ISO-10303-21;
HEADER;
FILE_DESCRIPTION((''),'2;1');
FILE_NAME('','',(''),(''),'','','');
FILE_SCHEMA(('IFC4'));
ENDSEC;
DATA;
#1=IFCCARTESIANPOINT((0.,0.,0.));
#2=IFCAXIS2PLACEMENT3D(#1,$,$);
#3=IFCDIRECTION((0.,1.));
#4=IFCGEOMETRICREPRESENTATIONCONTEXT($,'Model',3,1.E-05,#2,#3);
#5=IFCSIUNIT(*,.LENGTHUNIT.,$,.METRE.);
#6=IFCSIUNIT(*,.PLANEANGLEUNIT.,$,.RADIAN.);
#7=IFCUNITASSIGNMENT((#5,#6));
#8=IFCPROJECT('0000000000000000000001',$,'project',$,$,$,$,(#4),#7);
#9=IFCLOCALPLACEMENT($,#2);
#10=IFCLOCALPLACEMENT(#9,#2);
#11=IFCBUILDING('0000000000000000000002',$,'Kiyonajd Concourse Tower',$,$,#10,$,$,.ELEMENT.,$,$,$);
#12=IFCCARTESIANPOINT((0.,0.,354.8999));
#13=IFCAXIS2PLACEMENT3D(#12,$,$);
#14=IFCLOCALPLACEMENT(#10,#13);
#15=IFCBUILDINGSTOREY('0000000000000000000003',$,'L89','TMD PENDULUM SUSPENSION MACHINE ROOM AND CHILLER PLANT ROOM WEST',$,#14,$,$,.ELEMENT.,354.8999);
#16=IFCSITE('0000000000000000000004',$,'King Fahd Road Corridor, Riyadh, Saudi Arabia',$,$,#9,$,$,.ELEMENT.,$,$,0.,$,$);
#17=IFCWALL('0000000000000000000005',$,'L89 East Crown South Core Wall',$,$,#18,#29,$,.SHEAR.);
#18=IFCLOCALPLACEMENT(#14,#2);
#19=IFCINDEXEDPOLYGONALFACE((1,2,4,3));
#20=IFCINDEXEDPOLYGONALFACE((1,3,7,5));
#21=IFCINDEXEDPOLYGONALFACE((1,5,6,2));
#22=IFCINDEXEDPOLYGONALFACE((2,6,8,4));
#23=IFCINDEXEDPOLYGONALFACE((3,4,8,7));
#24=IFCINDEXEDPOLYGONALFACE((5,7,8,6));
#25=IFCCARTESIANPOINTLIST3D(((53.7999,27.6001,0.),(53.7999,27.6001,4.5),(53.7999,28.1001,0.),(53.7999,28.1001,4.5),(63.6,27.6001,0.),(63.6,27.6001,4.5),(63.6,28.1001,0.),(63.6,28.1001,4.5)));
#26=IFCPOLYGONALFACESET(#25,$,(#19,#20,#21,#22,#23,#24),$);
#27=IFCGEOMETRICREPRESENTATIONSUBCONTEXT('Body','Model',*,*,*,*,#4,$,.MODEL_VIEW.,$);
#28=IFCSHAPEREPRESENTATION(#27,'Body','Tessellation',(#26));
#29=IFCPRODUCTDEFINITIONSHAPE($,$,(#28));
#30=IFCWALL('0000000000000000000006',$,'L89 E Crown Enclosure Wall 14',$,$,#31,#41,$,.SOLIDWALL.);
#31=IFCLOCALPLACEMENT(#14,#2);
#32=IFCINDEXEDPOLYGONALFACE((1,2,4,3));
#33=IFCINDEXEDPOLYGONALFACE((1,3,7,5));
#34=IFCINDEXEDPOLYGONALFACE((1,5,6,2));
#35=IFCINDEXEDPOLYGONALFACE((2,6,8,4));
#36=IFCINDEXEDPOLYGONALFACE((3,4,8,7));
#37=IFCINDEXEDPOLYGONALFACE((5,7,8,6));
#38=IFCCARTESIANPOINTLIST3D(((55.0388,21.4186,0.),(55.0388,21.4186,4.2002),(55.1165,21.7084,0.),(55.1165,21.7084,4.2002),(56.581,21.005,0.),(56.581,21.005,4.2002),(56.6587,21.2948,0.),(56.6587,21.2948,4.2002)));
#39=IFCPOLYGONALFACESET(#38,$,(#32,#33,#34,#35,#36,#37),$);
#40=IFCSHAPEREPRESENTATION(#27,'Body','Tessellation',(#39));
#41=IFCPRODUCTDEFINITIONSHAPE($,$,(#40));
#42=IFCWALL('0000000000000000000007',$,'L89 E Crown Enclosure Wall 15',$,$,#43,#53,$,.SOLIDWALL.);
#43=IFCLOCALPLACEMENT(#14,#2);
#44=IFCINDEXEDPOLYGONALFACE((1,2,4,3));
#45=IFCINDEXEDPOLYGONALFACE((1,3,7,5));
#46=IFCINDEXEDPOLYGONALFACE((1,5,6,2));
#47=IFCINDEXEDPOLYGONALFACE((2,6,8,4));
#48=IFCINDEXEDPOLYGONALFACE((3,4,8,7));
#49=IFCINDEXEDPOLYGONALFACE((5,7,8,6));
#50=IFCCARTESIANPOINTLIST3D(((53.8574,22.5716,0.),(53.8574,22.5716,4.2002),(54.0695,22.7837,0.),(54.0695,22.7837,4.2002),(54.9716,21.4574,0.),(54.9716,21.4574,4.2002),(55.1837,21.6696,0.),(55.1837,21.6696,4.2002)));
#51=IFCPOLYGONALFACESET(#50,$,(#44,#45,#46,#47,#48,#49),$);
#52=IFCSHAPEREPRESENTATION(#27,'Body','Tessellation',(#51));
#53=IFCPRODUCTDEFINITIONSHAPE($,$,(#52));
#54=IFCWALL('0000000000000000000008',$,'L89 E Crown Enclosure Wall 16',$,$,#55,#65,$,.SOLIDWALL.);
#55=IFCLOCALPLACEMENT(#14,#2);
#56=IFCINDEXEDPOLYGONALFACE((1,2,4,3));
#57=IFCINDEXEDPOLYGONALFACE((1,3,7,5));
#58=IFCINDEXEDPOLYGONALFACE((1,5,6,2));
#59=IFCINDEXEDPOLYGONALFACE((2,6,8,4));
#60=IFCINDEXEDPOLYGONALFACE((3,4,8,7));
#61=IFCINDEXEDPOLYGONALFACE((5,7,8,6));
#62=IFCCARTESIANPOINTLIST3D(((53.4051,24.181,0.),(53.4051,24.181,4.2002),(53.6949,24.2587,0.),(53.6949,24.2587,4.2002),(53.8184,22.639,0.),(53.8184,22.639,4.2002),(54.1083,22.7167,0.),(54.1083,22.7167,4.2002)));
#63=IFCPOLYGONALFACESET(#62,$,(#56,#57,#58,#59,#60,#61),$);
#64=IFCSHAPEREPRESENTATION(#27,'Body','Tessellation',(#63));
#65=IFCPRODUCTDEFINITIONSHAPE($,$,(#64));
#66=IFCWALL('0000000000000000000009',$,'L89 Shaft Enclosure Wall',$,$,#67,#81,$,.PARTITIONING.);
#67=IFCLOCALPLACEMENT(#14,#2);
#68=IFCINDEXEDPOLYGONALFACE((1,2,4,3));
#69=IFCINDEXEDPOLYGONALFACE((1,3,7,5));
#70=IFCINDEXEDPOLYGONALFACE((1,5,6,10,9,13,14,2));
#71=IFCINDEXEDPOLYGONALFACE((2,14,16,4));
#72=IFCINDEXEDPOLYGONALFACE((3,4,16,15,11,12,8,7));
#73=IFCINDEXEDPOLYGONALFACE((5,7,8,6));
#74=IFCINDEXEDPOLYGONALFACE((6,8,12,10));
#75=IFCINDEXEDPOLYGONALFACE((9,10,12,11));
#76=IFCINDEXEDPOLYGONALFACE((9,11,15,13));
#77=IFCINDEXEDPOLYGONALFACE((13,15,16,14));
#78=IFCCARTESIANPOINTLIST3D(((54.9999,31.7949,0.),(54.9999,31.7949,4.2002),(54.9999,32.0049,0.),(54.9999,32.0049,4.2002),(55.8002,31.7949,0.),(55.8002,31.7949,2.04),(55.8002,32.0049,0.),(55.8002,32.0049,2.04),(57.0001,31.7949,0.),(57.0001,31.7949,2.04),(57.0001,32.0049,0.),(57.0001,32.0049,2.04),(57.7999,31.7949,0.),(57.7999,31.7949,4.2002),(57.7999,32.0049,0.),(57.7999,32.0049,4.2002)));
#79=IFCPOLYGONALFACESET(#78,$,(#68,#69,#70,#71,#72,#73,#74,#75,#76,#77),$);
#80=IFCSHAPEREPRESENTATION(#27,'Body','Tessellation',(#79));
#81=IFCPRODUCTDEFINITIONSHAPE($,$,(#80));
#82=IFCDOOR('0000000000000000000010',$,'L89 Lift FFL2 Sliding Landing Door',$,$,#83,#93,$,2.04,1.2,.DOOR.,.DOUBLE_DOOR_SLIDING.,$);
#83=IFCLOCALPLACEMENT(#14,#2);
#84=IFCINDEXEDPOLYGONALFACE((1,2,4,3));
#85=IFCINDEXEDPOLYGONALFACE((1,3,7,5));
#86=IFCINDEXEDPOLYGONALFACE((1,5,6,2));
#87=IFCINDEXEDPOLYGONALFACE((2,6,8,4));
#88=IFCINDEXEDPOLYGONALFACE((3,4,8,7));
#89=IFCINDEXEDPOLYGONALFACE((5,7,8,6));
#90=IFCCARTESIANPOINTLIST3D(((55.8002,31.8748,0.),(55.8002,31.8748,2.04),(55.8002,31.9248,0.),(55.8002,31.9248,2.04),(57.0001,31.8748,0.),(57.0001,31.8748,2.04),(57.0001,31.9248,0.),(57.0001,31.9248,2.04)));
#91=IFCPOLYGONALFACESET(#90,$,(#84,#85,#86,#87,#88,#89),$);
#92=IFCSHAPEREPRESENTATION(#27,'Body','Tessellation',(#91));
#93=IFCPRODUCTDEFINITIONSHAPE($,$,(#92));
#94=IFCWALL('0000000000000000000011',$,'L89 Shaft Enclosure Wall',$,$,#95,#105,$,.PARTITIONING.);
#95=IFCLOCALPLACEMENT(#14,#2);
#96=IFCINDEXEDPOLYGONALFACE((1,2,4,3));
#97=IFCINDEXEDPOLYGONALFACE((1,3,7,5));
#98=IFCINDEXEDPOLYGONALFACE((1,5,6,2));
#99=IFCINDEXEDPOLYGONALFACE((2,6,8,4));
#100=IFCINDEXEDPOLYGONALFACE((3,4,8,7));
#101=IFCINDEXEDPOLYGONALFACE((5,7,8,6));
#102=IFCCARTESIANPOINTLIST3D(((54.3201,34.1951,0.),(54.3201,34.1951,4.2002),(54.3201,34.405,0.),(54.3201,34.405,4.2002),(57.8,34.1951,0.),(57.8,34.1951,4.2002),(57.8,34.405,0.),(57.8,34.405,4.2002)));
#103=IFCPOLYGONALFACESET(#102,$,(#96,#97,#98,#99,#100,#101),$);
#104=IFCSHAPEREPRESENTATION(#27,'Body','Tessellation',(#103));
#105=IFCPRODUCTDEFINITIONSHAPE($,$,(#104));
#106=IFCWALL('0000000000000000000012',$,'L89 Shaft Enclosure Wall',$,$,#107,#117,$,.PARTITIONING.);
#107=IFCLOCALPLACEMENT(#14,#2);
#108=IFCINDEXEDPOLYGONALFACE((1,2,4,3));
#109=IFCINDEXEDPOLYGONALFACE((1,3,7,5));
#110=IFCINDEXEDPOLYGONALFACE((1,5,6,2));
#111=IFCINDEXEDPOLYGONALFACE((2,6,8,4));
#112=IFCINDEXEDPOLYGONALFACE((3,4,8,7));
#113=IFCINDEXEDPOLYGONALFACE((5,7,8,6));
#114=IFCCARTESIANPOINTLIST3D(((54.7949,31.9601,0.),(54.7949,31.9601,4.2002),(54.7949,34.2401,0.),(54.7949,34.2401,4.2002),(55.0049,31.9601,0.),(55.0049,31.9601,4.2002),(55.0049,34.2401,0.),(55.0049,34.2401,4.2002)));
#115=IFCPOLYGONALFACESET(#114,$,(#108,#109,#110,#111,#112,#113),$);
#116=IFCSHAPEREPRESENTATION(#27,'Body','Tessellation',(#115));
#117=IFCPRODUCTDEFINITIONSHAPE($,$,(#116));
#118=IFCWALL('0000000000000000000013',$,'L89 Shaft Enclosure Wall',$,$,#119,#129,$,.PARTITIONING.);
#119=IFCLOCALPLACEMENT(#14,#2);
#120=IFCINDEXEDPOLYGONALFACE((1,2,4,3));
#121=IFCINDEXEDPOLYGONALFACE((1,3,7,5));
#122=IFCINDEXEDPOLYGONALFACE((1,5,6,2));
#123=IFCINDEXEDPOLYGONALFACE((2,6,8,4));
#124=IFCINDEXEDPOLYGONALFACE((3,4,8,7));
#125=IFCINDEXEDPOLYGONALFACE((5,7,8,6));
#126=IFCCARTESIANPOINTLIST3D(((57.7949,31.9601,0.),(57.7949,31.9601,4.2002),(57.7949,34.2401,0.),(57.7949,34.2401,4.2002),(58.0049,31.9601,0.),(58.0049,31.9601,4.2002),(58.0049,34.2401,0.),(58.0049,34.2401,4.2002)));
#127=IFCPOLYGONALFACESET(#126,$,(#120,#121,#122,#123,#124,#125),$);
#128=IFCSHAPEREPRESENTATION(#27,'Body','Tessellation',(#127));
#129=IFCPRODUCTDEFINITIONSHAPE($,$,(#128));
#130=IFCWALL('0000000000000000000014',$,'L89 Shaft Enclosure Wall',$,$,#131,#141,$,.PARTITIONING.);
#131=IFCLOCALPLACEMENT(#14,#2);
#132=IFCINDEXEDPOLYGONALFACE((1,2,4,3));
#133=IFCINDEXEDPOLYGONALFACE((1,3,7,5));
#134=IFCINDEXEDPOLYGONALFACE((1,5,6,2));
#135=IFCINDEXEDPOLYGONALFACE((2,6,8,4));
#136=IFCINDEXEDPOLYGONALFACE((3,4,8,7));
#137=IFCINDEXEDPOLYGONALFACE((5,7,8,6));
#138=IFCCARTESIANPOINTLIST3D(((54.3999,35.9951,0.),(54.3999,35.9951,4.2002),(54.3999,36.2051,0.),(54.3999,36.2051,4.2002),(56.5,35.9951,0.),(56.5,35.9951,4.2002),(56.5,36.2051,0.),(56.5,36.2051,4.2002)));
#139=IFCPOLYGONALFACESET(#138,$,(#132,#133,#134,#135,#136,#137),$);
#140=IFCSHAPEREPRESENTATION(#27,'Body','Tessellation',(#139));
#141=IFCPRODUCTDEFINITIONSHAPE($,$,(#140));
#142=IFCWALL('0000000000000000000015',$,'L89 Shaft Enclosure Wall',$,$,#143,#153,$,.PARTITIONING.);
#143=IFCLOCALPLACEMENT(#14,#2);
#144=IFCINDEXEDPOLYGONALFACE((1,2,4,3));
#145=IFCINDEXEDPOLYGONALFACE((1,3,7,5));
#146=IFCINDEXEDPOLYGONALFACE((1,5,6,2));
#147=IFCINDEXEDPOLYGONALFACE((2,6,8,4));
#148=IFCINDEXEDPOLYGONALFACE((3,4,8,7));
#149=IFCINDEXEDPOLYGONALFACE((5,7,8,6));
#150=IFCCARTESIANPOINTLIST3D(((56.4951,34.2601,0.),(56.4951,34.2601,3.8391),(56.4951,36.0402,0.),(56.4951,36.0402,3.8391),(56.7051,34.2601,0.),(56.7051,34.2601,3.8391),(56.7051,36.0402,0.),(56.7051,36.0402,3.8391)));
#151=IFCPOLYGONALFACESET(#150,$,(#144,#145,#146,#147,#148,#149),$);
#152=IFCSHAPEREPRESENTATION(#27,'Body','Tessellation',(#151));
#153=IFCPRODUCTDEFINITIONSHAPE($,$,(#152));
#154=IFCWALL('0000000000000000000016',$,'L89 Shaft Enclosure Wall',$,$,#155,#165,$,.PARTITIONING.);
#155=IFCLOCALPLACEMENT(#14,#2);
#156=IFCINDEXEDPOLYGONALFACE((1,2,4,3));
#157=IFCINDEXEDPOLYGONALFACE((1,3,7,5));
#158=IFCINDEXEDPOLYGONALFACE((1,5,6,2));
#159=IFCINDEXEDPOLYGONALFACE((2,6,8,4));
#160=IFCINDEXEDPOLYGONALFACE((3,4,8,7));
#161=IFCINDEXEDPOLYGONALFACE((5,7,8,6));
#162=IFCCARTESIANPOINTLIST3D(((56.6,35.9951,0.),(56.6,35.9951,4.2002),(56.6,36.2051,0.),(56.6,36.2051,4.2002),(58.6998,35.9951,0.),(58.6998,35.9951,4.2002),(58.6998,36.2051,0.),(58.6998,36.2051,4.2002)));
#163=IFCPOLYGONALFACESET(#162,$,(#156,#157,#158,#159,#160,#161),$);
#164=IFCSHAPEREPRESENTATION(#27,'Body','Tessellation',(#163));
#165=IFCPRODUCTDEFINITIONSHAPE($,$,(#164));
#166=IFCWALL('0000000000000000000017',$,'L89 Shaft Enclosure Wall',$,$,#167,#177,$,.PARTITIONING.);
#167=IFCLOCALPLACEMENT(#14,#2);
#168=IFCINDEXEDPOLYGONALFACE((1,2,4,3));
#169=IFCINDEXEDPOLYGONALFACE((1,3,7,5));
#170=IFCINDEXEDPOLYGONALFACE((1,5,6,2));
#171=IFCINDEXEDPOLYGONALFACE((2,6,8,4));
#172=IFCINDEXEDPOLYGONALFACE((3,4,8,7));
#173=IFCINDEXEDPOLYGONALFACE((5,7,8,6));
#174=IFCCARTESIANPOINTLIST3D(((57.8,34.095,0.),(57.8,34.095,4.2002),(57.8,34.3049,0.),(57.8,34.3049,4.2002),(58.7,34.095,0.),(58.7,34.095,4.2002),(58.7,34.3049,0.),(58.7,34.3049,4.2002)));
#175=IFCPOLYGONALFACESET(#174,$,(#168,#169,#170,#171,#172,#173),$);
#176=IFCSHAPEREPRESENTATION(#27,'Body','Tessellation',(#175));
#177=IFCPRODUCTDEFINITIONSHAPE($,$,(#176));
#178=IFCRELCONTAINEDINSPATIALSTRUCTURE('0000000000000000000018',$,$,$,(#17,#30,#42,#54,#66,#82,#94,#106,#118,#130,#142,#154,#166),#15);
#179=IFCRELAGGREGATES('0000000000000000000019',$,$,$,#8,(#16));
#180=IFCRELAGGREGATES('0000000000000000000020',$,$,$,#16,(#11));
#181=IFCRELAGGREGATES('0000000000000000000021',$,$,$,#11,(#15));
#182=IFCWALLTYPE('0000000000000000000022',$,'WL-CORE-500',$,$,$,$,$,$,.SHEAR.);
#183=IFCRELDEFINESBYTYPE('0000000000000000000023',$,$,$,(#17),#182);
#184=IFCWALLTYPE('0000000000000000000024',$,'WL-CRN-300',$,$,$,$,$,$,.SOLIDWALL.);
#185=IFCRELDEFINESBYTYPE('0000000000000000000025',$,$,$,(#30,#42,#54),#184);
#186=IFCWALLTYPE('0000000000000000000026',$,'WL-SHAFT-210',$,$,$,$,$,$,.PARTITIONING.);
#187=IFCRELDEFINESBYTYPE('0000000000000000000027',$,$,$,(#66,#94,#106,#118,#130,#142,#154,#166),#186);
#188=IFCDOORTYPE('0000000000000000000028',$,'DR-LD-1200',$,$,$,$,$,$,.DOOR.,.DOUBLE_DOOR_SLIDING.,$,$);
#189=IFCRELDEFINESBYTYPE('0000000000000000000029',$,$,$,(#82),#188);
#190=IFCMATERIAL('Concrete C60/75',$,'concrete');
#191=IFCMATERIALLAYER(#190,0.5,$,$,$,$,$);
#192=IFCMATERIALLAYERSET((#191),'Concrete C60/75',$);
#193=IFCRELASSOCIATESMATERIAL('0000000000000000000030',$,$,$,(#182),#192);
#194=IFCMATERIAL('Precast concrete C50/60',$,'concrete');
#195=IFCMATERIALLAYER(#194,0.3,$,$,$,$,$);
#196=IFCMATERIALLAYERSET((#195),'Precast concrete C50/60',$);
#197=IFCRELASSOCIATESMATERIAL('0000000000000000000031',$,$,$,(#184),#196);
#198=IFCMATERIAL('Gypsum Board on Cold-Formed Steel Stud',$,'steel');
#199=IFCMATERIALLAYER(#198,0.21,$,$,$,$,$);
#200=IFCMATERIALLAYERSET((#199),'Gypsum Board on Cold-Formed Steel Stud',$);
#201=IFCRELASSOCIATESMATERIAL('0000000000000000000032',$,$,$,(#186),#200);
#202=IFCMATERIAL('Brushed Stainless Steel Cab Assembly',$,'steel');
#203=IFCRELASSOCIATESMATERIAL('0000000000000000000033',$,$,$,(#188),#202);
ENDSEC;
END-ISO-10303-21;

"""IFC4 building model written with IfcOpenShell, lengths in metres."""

from ifc_helpers import new_model, si_unit, direction, frame, frame_2d, origin, place, context, subcontext, project, spatial, rectangle, extrude, material, layer, layer_set, type_object, element, fill, save


model = new_model("IFC4")

# Units and contexts
model_context = context("Model", 3, precision=1e-05, world=origin(), true_north=direction((0.0, 1.0)))
body_context = subcontext(model_context, "Body", "Model", "MODEL_VIEW")
ifc_project = project(units=[si_unit("LENGTHUNIT", "METRE"), si_unit("PLANEANGLEUNIT", "RADIAN")], contexts=[model_context])

# Site, building, storey
site_placement = place(None, origin())
site = spatial("IfcSite", under=ifc_project, at=site_placement, Name="King Fahd Road Corridor, Riyadh, Saudi Arabia", CompositionType="ELEMENT", RefElevation=0.0)
building_placement = place(site_placement, origin())
building = spatial("IfcBuilding", under=site, at=building_placement, Name="Kiyonajd Concourse Tower", CompositionType="ELEMENT")
storey_placement = place(building_placement, frame((0.0, 0.0, 354.8999)))
storey = spatial("IfcBuildingStorey", under=building, at=storey_placement, Name="L89", Description="TMD PENDULUM SUSPENSION MACHINE ROOM AND CHILLER PLANT ROOM WEST", CompositionType="ELEMENT", Elevation=354.8999)

# Walls
ifc_material_1 = material(Name="Concrete C60/75", Category="concrete")
ifc_layer_1 = layer(ifc_material_1, 0.5)
ifc_layer_set_1 = layer_set([ifc_layer_1], Name="Concrete C60/75")
wall_type_1 = type_object("IfcWallType", Name="WL-CORE-500", PredefinedType="SHEAR", material=ifc_layer_set_1)
wall_1_placement = place(storey_placement, frame((53.8, 27.8501, 0.0), z_axis=(0.0, 0.0, 1.0), x_axis=(1.0, 0.0, 0.0)))
element("IfcWall", 1, at=wall_1_placement, inside=storey, type_object=wall_type_1, Name="L89 East Crown South Core Wall", PredefinedType="SHEAR", context=body_context, shape_type="SweptSolid", body=[
    extrude(rectangle(XDim=9.8, YDim=0.5, at=frame_2d((4.8999, 0.0))), origin(), (0.0, 0.0, 1.0), 4.5),
])
ifc_material_2 = material(Name="Precast concrete C50/60", Category="concrete")
ifc_layer_2 = layer(ifc_material_2, 0.3)
ifc_layer_set_2 = layer_set([ifc_layer_2], Name="Precast concrete C50/60")
wall_type_2 = type_object("IfcWallType", Name="WL-CRN-300", PredefinedType="SOLIDWALL", material=ifc_layer_set_2)
wall_2_placement = place(storey_placement, frame((56.6199, 21.1499, 0.0), z_axis=(0.0, 0.0, 1.0), x_axis=(-0.965874, 0.259014, 0.0)))
element("IfcWall", 2, at=wall_2_placement, inside=storey, type_object=wall_type_2, Name="L89 E Crown Enclosure Wall 14", PredefinedType="SOLIDWALL", context=body_context, shape_type="SweptSolid", body=[
    extrude(rectangle(XDim=1.5967, YDim=0.3, at=frame_2d((0.7983, 0.0))), origin(), (0.0, 0.0, 1.0), 4.2002),
])
wall_3_placement = place(storey_placement, frame((55.0776, 21.5635, 0.0), z_axis=(0.0, 0.0, 1.0), x_axis=(-0.707107, 0.707107, 0.0)))
element("IfcWall", 3, at=wall_3_placement, inside=storey, type_object=wall_type_2, Name="L89 E Crown Enclosure Wall 15", PredefinedType="SOLIDWALL", context=body_context, shape_type="SweptSolid", body=[
    extrude(rectangle(XDim=1.5757, YDim=0.3, at=frame_2d((0.7878, 0.0))), origin(), (0.0, 0.0, 1.0), 4.2002),
])
wall_4_placement = place(storey_placement, frame((53.9634, 22.6777, 0.0), z_axis=(0.0, 0.0, 1.0), x_axis=(-0.258909, 0.965902, 0.0)))
element("IfcWall", 4, at=wall_4_placement, inside=storey, type_object=wall_type_2, Name="L89 E Crown Enclosure Wall 16", PredefinedType="SOLIDWALL", context=body_context, shape_type="SweptSolid", body=[
    extrude(rectangle(XDim=1.5964, YDim=0.3, at=frame_2d((0.7983, 0.0))), origin(), (0.0, 0.0, 1.0), 4.2002),
])

# Wall, opening, door
ifc_material_3 = material(Name="Gypsum Board on Cold-Formed Steel Stud", Category="steel")
ifc_layer_3 = layer(ifc_material_3, 0.21)
ifc_layer_set_3 = layer_set([ifc_layer_3], Name="Gypsum Board on Cold-Formed Steel Stud")
wall_type_3 = type_object("IfcWallType", Name="WL-SHAFT-210", PredefinedType="PARTITIONING", material=ifc_layer_set_3)
wall_5_placement = place(storey_placement, frame((55.0, 31.8999, 0.0), z_axis=(0.0, 0.0, 1.0), x_axis=(1.0, 0.0, 0.0)))
wall_5 = element("IfcWall", 5, at=wall_5_placement, inside=storey, type_object=wall_type_3, Name="L89 Shaft Enclosure Wall", PredefinedType="PARTITIONING", context=body_context, shape_type="SweptSolid", body=[
    extrude(rectangle(XDim=2.8, YDim=0.21, at=frame_2d((1.3999, 0.0))), origin(), (0.0, 0.0, 1.0), 4.2002),
])
opening_1_placement = place(wall_5_placement, frame((0.8, 0.0, 0.0)))
opening_1 = element("IfcOpeningElement", 6, at=opening_1_placement, cuts=wall_5, PredefinedType="OPENING", context=body_context, shape_type="SweptSolid", body=[
    extrude(rectangle(XDim=1.2, YDim=2.04, at=frame_2d((0.6001, 1.02))), frame((0.0, 0.115, 0.0), z_axis=(0.0, -1.0, 0.0), x_axis=(1.0, 0.0, 0.0)), (0.0, 0.0, 1.0), 0.23),
])
ifc_material_4 = material(Name="Brushed Stainless Steel Cab Assembly", Category="steel")
door_type_1 = type_object("IfcDoorType", Name="DR-LD-1200", OperationType="DOUBLE_DOOR_SLIDING", PredefinedType="DOOR", material=ifc_material_4)
door_1_placement = place(opening_1_placement, origin())
door_1 = element("IfcDoor", 7, at=door_1_placement, inside=storey, type_object=door_type_1, Name="L89 Lift FFL2 Sliding Landing Door", OperationType="DOUBLE_DOOR_SLIDING", OverallHeight=2.04, OverallWidth=1.2, PredefinedType="DOOR", context=body_context, shape_type="SweptSolid", body=[
    extrude(rectangle(XDim=1.2, YDim=2.04, at=frame_2d((0.6001, 1.02))), frame((0.0, 0.0249, 0.0), z_axis=(0.0, -1.0, 0.0), x_axis=(1.0, 0.0, 0.0)), (0.0, 0.0, 1.0), 0.05),
])
fill(opening_1, door_1)

# Walls
wall_6_placement = place(storey_placement, frame((54.3201, 34.3, 0.0), z_axis=(0.0, 0.0, 1.0), x_axis=(1.0, 0.0, 0.0)))
element("IfcWall", 8, at=wall_6_placement, inside=storey, type_object=wall_type_3, Name="L89 Shaft Enclosure Wall", PredefinedType="PARTITIONING", context=body_context, shape_type="SweptSolid", body=[
    extrude(rectangle(XDim=3.48, YDim=0.21, at=frame_2d((1.74, 0.0))), origin(), (0.0, 0.0, 1.0), 4.2002),
])
for number, where, z_axis, x_axis, name in (
    (9, (54.8999, 31.96, 0.0), (0.0, 0.0, 1.0), (0.0, 1.0, 0.0), "L89 Shaft Enclosure Wall"),
    (10, (57.8999, 31.96, 0.0), (0.0, 0.0, 1.0), (0.0, 1.0, 0.0), "L89 Shaft Enclosure Wall"),
):
    element("IfcWall", number, at=place(storey_placement, frame(where, z_axis=z_axis, x_axis=x_axis)), inside=storey, type_object=wall_type_3, Name=name, PredefinedType="PARTITIONING", context=body_context, shape_type="SweptSolid", body=[
        extrude(rectangle(XDim=2.28, YDim=0.21, at=frame_2d((1.1401, 0.0))), origin(), (0.0, 0.0, 1.0), 4.2002),
    ])
wall_7_placement = place(storey_placement, frame((54.3999, 36.1001, 0.0), z_axis=(0.0, 0.0, 1.0), x_axis=(1.0, 0.0, 0.0)))
element("IfcWall", 11, at=wall_7_placement, inside=storey, type_object=wall_type_3, Name="L89 Shaft Enclosure Wall", PredefinedType="PARTITIONING", context=body_context, shape_type="SweptSolid", body=[
    extrude(rectangle(XDim=2.1001, YDim=0.21, at=frame_2d((1.05, 0.0))), origin(), (0.0, 0.0, 1.0), 4.2002),
])
wall_8_placement = place(storey_placement, frame((56.6001, 34.26, 0.0), z_axis=(0.0, 0.0, 1.0), x_axis=(0.0, 1.0, 0.0)))
element("IfcWall", 12, at=wall_8_placement, inside=storey, type_object=wall_type_3, Name="L89 Shaft Enclosure Wall", PredefinedType="PARTITIONING", context=body_context, shape_type="SweptSolid", body=[
    extrude(rectangle(XDim=1.78, YDim=0.21, at=frame_2d((0.8901, 0.0))), origin(), (0.0, 0.0, 1.0), 3.8391),
])
wall_9_placement = place(storey_placement, frame((56.6001, 36.1001, 0.0), z_axis=(0.0, 0.0, 1.0), x_axis=(1.0, 0.0, 0.0)))
element("IfcWall", 13, at=wall_9_placement, inside=storey, type_object=wall_type_3, Name="L89 Shaft Enclosure Wall", PredefinedType="PARTITIONING", context=body_context, shape_type="SweptSolid", body=[
    extrude(rectangle(XDim=2.0999, YDim=0.21, at=frame_2d((1.0498, 0.0))), origin(), (0.0, 0.0, 1.0), 4.2002),
])
wall_10_placement = place(storey_placement, frame((57.8, 34.2, 0.0), z_axis=(0.0, 0.0, 1.0), x_axis=(1.0, 0.0, 0.0)))
element("IfcWall", 14, at=wall_10_placement, inside=storey, type_object=wall_type_3, Name="L89 Shaft Enclosure Wall", PredefinedType="PARTITIONING", context=body_context, shape_type="SweptSolid", body=[
    extrude(rectangle(XDim=0.8999, YDim=0.21, at=frame_2d((0.45, 0.0))), origin(), (0.0, 0.0, 1.0), 4.2002),
])

save(model, "model.ifc")
